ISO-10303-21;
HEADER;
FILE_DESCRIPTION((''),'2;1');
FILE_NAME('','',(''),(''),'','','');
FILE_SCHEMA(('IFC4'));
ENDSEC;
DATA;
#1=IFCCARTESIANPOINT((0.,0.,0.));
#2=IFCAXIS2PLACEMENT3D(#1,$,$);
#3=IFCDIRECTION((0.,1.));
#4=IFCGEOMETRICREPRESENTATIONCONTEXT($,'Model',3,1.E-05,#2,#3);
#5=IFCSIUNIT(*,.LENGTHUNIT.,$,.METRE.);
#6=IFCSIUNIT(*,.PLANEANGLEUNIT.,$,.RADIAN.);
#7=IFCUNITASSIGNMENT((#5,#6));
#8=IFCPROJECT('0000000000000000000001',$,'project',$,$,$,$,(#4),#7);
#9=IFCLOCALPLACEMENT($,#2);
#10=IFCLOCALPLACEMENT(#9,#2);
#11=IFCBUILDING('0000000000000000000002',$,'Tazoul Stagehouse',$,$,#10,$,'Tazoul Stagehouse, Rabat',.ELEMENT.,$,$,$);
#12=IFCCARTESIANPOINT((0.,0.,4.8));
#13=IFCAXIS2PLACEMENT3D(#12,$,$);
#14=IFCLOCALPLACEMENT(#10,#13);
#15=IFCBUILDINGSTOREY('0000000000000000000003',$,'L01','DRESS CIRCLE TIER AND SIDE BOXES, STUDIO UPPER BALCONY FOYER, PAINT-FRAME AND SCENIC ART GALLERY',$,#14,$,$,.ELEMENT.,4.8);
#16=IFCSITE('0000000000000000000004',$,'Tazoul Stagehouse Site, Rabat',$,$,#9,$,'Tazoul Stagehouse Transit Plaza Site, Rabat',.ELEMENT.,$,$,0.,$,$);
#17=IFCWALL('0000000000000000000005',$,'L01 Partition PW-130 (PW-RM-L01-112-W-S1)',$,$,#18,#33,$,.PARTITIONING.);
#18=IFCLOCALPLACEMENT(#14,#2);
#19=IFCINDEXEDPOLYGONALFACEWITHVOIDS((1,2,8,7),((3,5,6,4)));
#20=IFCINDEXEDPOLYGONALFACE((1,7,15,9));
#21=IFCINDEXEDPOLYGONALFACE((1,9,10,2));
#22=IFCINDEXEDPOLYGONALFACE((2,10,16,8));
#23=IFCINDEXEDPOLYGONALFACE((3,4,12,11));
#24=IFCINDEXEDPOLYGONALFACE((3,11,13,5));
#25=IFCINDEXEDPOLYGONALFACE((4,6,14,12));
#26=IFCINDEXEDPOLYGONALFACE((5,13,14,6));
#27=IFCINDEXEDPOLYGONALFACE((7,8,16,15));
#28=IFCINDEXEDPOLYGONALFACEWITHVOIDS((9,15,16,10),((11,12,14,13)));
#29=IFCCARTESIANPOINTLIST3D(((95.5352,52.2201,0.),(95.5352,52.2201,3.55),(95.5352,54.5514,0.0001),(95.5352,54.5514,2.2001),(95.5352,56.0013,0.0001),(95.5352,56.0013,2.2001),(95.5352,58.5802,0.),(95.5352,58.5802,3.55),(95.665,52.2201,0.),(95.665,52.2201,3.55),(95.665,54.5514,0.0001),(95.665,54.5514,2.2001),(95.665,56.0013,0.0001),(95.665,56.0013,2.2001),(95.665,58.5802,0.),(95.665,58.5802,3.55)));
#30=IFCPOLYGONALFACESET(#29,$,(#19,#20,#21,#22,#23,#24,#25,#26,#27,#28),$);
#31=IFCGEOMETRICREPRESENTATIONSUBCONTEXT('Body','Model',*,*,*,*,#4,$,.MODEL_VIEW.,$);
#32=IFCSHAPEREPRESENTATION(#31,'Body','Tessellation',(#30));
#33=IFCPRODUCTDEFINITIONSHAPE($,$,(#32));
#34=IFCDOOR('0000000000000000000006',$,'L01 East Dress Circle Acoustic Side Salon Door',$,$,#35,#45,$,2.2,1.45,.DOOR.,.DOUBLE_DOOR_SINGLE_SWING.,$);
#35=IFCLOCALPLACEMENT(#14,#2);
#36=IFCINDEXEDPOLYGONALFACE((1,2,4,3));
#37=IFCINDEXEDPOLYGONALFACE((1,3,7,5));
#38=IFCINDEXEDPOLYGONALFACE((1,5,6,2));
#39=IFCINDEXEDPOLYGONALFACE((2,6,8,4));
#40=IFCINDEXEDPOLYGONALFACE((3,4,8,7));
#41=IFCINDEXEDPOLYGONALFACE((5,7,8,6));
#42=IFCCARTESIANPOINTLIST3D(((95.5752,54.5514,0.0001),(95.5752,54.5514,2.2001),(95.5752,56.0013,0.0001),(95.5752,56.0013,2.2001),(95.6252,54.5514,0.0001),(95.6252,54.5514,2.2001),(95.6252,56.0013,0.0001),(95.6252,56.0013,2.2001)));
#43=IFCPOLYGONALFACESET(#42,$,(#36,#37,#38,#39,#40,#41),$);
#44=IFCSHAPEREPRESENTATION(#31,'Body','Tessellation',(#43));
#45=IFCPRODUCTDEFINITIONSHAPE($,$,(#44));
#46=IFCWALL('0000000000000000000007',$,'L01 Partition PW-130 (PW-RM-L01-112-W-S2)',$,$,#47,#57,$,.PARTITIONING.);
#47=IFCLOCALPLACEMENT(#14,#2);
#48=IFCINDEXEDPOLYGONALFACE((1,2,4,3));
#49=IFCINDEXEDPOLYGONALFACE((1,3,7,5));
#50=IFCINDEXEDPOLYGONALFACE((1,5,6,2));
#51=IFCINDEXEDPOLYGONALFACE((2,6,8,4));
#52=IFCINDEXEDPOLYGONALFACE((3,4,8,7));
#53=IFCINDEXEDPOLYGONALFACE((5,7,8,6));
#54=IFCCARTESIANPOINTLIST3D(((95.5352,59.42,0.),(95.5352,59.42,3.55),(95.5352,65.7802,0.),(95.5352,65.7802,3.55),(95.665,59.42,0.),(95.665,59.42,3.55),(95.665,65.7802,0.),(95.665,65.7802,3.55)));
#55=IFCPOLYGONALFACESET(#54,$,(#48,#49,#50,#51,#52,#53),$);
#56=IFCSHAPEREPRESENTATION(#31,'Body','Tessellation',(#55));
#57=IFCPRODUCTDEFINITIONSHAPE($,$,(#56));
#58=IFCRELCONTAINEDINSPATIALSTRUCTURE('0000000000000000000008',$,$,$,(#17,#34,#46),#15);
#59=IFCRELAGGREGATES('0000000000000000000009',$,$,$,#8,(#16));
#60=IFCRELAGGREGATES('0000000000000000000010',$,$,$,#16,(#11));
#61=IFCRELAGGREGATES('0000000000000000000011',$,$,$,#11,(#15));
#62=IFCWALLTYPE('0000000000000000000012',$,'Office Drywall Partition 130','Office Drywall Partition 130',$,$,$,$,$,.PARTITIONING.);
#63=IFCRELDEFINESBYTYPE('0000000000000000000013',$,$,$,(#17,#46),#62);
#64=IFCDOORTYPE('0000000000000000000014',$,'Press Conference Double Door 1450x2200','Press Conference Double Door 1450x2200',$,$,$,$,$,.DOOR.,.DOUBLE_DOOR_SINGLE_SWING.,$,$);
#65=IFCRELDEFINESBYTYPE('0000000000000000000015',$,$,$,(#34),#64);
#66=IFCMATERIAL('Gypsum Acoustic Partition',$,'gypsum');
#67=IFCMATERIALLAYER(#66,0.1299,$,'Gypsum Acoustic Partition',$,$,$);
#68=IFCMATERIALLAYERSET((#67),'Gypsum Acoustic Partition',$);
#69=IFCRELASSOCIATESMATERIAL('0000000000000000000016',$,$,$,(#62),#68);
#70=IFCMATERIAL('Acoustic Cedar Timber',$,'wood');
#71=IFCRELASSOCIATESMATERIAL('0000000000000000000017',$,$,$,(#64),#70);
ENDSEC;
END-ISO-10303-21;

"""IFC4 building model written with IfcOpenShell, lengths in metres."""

from ifc_helpers import new_model, si_unit, direction, frame, frame_2d, origin, place, context, subcontext, project, spatial, rectangle, extrude, material, layer, layer_set, type_object, element, fill, save


model = new_model("IFC4")

# Units and contexts
model_context = context("Model", 3, precision=1e-05, world=origin(), true_north=direction((0.0, 1.0)))
body_context = subcontext(model_context, "Body", "Model", "MODEL_VIEW")
ifc_project = project(units=[si_unit("LENGTHUNIT", "METRE"), si_unit("PLANEANGLEUNIT", "RADIAN")], contexts=[model_context])

# Site, building, storey
site_placement = place(None, origin())
site = spatial("IfcSite", under=ifc_project, at=site_placement, Name="Tazoul Stagehouse Site, Rabat", LongName="Tazoul Stagehouse Transit Plaza Site, Rabat", CompositionType="ELEMENT", RefElevation=0.0)
building_placement = place(site_placement, origin())
building = spatial("IfcBuilding", under=site, at=building_placement, Name="Tazoul Stagehouse", LongName="Tazoul Stagehouse, Rabat", CompositionType="ELEMENT")
storey_placement = place(building_placement, frame((0.0, 0.0, 4.8)))
storey = spatial("IfcBuildingStorey", under=building, at=storey_placement, Name="L01", Description="DRESS CIRCLE TIER AND SIDE BOXES, STUDIO UPPER BALCONY FOYER, PAINT-FRAME AND SCENIC ART GALLERY", CompositionType="ELEMENT", Elevation=4.8)

# Wall, opening, door
ifc_material_1 = material(Name="Gypsum Acoustic Partition", Category="gypsum")
ifc_layer_1 = layer(ifc_material_1, 0.1299, Name="Gypsum Acoustic Partition")
ifc_layer_set_1 = layer_set([ifc_layer_1], Name="Gypsum Acoustic Partition")
wall_type = type_object("IfcWallType", Name="Office Drywall Partition 130", Description="Office Drywall Partition 130", PredefinedType="PARTITIONING", material=ifc_layer_set_1)
wall_1_placement = place(storey_placement, frame((95.6001, 52.22, 0.0), z_axis=(0.0, 0.0, 1.0), x_axis=(0.0, 1.0, 0.0)))
wall_1 = element("IfcWall", 1, at=wall_1_placement, inside=storey, type_object=wall_type, Name="L01 Partition PW-130 (PW-RM-L01-112-W-S1)", PredefinedType="PARTITIONING", context=body_context, shape_type="SweptSolid", body=[
    extrude(rectangle(XDim=6.3601, YDim=0.1299, at=frame_2d((3.1802, 0.0))), origin(), (0.0, 0.0, 1.0), 3.55),
])
opening_placement = place(wall_1_placement, frame((2.3313, 0.0, 0.0)))
opening = element("IfcOpeningElement", 2, at=opening_placement, cuts=wall_1, PredefinedType="OPENING", context=body_context, shape_type="SweptSolid", body=[
    extrude(rectangle(XDim=1.45, YDim=2.2, at=frame_2d((0.7251, 1.1001))), frame((0.0, 0.085, 0.0), z_axis=(0.0, -1.0, 0.0), x_axis=(1.0, 0.0, 0.0)), (0.0, 0.0, 1.0), 0.1699),
])
ifc_material_2 = material(Name="Acoustic Cedar Timber", Category="wood")
door_type = type_object("IfcDoorType", Name="Press Conference Double Door 1450x2200", Description="Press Conference Double Door 1450x2200", OperationType="DOUBLE_DOOR_SINGLE_SWING", PredefinedType="DOOR", material=ifc_material_2)
door_placement = place(opening_placement, origin())
door = element("IfcDoor", 3, at=door_placement, inside=storey, type_object=door_type, Name="L01 East Dress Circle Acoustic Side Salon Door", OperationType="DOUBLE_DOOR_SINGLE_SWING", OverallHeight=2.2, OverallWidth=1.45, PredefinedType="DOOR", context=body_context, shape_type="SweptSolid", body=[
    extrude(rectangle(XDim=1.45, YDim=2.2, at=frame_2d((0.7251, 1.1001))), frame((0.0, 0.0249, 0.0), z_axis=(0.0, -1.0, 0.0), x_axis=(1.0, 0.0, 0.0)), (0.0, 0.0, 1.0), 0.05),
])
fill(opening, door)

# Wall
wall_2_placement = place(storey_placement, frame((95.6001, 59.4199, 0.0), z_axis=(0.0, 0.0, 1.0), x_axis=(0.0, 1.0, 0.0)))
element("IfcWall", 4, at=wall_2_placement, inside=storey, type_object=wall_type, Name="L01 Partition PW-130 (PW-RM-L01-112-W-S2)", PredefinedType="PARTITIONING", context=body_context, shape_type="SweptSolid", body=[
    extrude(rectangle(XDim=6.3601, YDim=0.1299, at=frame_2d((3.1802, 0.0))), origin(), (0.0, 0.0, 1.0), 3.55),
])

save(model, "model.ifc")
